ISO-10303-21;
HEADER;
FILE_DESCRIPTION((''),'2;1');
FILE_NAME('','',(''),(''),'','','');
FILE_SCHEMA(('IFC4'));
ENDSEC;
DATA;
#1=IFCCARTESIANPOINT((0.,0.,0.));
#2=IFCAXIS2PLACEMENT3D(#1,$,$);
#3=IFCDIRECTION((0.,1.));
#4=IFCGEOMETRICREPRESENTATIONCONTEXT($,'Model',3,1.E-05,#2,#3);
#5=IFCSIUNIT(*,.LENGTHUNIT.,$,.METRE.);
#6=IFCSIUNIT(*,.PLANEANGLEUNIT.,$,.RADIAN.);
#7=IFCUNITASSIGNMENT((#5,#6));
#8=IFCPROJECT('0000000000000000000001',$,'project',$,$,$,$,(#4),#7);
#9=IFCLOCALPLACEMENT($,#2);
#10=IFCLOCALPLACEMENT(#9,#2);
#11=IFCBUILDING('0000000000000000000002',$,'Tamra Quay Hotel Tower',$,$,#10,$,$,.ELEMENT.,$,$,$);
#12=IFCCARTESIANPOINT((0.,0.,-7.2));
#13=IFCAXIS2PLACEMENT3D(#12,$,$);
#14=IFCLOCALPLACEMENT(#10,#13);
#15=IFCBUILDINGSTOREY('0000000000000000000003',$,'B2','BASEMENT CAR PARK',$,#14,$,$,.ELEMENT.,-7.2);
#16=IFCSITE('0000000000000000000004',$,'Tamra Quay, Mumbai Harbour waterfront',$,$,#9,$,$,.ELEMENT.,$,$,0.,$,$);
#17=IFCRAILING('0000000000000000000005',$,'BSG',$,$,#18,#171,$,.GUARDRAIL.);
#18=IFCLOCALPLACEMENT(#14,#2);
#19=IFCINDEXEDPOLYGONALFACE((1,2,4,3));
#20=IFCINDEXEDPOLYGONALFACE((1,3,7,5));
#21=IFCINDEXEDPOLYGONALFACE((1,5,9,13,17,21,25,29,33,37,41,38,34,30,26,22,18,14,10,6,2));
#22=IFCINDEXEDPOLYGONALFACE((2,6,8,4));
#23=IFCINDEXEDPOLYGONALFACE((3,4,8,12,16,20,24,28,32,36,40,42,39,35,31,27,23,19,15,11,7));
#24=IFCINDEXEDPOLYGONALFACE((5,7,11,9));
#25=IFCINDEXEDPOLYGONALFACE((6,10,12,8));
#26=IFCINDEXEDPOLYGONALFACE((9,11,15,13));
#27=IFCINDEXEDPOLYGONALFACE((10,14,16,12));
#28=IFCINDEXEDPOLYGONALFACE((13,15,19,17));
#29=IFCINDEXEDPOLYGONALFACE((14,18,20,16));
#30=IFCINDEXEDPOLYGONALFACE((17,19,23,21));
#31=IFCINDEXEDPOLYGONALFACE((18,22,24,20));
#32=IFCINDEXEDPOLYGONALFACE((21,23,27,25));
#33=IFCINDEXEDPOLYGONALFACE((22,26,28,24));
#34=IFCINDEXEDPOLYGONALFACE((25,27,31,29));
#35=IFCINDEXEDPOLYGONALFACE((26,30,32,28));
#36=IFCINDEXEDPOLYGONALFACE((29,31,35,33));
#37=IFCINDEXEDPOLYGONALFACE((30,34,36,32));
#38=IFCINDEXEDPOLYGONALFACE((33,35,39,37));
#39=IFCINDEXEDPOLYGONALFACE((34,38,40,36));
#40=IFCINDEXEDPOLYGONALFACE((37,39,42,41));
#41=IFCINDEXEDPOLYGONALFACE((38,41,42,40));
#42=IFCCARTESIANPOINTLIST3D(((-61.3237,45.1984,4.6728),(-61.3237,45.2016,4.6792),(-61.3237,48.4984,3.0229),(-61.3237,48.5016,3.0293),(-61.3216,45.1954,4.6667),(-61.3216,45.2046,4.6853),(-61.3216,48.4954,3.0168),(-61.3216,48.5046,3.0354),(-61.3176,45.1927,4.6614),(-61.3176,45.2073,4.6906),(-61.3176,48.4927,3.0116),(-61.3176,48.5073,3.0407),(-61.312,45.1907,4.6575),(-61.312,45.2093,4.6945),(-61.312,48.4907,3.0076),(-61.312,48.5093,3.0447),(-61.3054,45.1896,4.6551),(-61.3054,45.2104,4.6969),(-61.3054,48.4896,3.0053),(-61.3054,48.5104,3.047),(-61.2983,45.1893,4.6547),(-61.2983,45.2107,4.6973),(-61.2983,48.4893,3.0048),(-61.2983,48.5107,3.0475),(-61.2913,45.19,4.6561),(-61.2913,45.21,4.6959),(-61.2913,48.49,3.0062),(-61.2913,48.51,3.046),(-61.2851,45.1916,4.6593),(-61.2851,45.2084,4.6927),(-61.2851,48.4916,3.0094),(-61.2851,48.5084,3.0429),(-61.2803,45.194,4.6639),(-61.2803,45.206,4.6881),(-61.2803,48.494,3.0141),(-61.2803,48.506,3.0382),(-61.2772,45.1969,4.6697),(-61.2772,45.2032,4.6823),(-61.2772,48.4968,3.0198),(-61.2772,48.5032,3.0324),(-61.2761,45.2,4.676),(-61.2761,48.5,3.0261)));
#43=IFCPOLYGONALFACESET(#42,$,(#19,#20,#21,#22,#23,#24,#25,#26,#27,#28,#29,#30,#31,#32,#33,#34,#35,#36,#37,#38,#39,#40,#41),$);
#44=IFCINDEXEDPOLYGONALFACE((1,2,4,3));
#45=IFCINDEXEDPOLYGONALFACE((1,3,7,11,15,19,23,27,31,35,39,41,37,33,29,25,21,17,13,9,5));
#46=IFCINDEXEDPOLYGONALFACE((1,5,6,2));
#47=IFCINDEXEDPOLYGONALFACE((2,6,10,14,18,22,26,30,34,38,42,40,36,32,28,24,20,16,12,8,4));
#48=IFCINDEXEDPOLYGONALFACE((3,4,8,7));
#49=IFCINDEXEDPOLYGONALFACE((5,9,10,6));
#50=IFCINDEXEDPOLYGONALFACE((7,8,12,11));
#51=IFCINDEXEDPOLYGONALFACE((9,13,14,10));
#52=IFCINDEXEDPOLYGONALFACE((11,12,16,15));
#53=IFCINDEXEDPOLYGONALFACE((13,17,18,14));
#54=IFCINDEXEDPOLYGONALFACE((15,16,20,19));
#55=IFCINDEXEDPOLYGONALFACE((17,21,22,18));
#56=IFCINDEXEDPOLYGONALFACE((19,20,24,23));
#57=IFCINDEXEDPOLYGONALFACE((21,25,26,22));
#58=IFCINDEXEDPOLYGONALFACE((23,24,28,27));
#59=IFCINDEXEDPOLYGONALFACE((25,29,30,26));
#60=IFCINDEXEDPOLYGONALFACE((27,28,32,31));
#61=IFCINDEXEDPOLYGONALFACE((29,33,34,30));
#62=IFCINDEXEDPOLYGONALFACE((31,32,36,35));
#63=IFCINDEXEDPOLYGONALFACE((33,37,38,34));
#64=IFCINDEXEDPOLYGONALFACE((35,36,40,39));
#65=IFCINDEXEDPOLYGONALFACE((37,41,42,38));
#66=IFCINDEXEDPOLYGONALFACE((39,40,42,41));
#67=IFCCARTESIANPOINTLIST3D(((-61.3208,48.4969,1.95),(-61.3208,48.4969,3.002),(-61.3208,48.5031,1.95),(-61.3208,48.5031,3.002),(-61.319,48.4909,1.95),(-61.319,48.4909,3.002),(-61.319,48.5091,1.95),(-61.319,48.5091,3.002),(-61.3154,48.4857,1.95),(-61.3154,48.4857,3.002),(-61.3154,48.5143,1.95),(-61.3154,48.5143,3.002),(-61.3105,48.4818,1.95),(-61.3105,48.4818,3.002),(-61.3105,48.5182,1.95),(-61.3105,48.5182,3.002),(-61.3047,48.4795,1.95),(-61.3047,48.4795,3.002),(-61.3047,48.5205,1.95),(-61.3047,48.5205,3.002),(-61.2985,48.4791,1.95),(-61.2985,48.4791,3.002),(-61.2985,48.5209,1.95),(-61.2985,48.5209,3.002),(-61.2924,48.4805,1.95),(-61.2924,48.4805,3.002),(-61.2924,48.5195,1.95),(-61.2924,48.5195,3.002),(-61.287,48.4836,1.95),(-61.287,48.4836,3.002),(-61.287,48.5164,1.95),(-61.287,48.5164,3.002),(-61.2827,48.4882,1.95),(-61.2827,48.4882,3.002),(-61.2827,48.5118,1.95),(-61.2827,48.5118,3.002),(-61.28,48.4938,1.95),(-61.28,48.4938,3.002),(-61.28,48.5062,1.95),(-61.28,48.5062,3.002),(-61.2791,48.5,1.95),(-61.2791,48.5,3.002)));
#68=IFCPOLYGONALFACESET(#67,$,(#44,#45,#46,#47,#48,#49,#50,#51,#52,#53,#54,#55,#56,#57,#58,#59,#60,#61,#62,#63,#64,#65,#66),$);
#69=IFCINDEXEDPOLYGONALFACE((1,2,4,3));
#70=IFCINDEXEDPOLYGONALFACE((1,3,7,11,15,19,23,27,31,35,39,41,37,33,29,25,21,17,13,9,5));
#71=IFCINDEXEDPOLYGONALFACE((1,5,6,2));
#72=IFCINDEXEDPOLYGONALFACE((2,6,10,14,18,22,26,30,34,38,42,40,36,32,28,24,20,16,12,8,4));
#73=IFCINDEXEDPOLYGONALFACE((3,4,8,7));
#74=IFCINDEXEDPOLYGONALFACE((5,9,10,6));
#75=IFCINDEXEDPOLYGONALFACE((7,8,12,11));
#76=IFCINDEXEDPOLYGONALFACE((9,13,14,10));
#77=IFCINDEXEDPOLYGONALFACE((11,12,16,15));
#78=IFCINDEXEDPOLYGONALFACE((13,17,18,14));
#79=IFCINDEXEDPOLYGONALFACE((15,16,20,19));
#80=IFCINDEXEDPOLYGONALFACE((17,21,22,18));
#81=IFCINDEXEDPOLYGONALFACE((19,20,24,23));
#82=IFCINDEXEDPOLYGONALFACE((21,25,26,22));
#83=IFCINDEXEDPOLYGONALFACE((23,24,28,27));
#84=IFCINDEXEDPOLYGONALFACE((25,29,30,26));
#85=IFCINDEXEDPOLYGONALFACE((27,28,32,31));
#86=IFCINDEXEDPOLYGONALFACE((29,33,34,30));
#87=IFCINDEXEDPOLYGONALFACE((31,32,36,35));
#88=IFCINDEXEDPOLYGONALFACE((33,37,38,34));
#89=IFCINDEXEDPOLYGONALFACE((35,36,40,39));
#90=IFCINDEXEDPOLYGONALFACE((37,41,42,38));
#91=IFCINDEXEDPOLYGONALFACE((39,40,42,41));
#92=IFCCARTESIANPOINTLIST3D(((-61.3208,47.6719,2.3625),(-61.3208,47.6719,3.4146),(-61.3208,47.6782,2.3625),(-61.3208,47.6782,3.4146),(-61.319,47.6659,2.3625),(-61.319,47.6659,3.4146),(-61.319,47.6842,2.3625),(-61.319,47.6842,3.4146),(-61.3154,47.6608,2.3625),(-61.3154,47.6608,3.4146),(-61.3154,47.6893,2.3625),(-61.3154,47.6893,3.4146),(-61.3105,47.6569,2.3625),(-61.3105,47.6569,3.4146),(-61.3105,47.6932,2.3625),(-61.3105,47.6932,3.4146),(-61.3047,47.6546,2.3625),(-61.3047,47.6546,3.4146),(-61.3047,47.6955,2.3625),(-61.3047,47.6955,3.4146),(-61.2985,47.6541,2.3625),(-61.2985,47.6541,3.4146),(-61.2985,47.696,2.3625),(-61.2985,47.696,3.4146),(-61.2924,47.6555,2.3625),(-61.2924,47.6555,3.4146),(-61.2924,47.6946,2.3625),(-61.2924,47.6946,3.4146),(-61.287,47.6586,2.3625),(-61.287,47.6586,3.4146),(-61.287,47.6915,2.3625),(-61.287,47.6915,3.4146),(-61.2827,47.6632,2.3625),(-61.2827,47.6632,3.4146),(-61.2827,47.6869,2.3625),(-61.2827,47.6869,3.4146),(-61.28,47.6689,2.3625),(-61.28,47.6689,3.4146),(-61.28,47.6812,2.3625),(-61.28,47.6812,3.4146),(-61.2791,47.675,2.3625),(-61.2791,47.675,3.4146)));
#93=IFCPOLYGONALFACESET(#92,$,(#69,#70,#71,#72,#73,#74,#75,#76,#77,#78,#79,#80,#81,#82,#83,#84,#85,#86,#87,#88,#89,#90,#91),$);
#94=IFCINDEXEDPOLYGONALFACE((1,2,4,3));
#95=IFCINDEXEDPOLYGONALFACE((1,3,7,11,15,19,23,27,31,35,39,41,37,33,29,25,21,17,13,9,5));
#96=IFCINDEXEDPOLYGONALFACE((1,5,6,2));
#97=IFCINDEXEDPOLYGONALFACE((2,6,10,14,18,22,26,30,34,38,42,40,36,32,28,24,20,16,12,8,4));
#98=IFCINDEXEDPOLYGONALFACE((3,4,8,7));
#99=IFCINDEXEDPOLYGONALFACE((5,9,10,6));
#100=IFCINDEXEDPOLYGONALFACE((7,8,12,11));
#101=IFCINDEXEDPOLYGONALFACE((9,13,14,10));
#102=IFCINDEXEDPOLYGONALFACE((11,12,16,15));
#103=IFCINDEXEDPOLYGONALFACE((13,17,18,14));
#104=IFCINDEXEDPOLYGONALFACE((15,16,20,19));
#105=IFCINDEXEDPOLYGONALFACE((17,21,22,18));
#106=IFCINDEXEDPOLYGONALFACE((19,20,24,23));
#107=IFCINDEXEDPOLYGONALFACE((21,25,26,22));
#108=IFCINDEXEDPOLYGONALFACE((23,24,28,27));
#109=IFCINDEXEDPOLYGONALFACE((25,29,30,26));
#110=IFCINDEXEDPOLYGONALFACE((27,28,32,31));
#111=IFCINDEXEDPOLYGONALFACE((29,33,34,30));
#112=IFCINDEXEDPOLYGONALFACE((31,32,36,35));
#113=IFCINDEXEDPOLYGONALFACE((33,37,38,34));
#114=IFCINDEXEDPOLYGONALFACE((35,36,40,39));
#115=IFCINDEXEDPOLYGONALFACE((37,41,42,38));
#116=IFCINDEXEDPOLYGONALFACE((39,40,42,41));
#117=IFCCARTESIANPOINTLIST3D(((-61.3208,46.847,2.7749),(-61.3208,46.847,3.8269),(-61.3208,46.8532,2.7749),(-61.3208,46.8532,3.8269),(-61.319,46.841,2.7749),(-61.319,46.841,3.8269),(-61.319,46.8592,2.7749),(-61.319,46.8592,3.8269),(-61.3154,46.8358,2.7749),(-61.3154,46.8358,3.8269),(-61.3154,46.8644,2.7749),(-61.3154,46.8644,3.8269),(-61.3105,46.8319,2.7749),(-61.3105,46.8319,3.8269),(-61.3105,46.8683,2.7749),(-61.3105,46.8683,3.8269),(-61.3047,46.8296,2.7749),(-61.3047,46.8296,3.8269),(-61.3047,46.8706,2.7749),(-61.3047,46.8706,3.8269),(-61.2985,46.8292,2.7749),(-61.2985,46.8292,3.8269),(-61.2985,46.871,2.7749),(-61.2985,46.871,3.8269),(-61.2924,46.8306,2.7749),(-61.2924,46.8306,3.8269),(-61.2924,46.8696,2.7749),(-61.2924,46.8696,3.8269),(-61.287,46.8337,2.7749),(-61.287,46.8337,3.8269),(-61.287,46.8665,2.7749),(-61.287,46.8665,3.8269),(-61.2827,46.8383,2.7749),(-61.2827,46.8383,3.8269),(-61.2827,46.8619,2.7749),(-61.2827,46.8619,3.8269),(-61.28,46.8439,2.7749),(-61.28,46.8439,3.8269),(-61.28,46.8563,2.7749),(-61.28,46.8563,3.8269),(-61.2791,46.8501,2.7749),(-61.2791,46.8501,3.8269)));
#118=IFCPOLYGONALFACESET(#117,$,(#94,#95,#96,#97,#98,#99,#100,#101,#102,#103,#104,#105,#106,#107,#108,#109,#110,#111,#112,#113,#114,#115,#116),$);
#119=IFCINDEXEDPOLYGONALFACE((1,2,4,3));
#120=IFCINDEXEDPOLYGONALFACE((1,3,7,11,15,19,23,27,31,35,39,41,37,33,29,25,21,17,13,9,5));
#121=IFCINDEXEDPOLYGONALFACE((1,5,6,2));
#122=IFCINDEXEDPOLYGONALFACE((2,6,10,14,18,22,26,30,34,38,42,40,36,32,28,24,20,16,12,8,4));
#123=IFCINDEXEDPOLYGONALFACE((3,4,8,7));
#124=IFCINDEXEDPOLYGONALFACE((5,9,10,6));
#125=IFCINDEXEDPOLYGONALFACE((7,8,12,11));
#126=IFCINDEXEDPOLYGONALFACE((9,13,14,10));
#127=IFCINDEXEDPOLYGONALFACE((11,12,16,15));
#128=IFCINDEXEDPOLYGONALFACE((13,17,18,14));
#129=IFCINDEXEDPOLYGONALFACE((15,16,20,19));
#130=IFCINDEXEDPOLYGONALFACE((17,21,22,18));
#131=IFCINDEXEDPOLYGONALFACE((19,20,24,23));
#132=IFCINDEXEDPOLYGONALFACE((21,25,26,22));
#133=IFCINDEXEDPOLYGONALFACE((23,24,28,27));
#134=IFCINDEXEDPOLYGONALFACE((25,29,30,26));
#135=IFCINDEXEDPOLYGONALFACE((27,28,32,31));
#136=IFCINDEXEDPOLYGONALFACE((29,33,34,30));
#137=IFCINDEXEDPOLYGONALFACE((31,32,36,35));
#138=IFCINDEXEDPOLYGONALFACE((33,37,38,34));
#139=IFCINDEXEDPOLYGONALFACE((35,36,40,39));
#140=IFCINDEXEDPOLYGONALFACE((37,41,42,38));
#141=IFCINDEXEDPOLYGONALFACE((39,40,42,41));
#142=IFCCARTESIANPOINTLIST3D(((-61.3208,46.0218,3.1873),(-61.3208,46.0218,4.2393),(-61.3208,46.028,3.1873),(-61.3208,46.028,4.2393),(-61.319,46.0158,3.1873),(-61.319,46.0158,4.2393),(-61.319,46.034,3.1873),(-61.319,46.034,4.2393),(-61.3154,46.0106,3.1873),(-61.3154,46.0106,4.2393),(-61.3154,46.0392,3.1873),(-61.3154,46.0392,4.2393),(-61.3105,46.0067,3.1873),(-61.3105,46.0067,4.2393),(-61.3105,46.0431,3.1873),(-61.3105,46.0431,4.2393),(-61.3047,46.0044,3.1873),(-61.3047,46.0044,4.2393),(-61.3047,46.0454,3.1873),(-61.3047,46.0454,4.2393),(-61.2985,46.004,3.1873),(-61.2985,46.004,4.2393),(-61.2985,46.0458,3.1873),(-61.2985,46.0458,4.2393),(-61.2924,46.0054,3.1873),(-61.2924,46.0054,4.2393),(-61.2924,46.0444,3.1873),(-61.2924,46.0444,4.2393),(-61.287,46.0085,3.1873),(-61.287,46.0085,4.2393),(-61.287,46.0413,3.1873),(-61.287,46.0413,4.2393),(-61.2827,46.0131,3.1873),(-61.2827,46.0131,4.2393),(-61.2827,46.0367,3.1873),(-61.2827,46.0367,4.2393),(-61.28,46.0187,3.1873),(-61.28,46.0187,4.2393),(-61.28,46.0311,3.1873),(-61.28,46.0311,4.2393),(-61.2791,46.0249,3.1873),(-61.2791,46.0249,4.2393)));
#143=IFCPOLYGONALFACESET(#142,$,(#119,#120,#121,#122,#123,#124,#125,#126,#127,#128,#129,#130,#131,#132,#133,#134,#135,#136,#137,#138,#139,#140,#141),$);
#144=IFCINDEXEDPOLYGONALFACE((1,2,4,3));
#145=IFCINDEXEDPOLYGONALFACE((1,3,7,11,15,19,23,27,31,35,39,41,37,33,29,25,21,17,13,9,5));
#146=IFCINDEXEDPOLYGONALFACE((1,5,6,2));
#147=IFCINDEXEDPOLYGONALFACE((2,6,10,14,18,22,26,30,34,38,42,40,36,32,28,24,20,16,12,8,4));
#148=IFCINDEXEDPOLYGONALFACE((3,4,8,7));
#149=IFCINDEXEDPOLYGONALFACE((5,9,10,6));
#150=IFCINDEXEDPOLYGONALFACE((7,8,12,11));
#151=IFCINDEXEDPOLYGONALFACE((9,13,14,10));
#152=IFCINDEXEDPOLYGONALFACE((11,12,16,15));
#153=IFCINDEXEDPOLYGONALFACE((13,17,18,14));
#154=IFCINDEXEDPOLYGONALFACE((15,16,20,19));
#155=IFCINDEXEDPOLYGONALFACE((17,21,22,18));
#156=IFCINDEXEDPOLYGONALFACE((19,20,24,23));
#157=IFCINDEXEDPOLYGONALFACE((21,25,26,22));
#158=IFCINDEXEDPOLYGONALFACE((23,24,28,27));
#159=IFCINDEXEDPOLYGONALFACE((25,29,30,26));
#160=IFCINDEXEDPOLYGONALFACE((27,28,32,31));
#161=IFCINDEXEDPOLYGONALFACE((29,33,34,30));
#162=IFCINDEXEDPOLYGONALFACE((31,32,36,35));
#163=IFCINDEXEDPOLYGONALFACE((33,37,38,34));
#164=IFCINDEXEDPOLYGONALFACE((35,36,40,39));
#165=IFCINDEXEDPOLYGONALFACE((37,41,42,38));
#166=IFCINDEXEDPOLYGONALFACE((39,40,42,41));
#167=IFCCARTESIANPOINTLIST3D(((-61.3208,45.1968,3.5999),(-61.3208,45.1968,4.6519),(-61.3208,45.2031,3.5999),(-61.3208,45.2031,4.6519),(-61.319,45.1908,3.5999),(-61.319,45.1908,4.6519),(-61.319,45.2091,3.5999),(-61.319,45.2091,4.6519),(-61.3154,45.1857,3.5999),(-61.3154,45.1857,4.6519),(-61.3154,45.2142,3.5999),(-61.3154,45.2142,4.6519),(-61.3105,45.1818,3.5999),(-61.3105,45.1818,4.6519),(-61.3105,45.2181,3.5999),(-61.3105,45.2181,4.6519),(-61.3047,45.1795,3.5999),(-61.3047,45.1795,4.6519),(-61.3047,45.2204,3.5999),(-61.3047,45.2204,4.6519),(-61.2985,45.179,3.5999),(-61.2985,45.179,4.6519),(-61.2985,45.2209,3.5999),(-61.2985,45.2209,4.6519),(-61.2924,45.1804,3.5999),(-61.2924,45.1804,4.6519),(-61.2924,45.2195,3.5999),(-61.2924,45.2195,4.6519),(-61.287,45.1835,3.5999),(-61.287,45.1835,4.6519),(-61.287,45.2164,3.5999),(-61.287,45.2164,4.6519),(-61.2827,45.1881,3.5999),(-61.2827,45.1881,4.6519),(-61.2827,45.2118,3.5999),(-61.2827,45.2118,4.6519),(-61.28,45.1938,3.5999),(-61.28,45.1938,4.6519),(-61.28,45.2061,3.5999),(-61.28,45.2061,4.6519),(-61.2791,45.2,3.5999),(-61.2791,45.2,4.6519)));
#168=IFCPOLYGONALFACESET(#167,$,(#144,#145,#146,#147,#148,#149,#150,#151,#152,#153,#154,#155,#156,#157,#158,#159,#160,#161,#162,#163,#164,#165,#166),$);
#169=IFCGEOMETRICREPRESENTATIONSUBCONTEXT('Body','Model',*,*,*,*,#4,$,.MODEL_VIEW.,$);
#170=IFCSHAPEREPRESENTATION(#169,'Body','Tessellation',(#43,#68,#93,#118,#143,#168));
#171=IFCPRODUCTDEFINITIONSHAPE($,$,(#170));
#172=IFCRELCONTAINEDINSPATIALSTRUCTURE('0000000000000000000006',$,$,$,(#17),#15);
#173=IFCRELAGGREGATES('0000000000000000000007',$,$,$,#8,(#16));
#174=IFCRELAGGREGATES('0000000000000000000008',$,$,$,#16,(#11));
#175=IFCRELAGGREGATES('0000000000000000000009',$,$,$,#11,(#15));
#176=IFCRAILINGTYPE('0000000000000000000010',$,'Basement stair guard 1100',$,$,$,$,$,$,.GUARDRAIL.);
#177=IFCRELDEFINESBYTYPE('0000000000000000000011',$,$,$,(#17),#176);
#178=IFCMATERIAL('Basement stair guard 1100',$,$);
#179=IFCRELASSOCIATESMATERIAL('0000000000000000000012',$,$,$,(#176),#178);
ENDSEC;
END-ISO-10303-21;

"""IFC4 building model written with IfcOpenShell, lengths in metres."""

from ifc_helpers import new_model, si_unit, direction, frame, origin, origin_2d, place, context, subcontext, project, spatial, circle, extrude, material, type_object, element, save


model = new_model("IFC4")

# Units and contexts
model_context = context("Model", 3, precision=1e-05, world=origin(), true_north=direction((0.0, 1.0)))
body_context = subcontext(model_context, "Body", "Model", "MODEL_VIEW")
ifc_project = project(units=[si_unit("LENGTHUNIT", "METRE"), si_unit("PLANEANGLEUNIT", "RADIAN")], contexts=[model_context])

# Site, building, storey
site_placement = place(None, origin())
site = spatial("IfcSite", under=ifc_project, at=site_placement, Name="Tamra Quay, Mumbai Harbour waterfront", CompositionType="ELEMENT", RefElevation=0.0)
building_placement = place(site_placement, origin())
building = spatial("IfcBuilding", under=site, at=building_placement, Name="Tamra Quay Hotel Tower", CompositionType="ELEMENT")
storey_placement = place(building_placement, frame((0.0, 0.0, -7.2)))
storey = spatial("IfcBuildingStorey", under=building, at=storey_placement, Name="B2", Description="BASEMENT CAR PARK", CompositionType="ELEMENT", Elevation=-7.2)

# Railing
ifc_material_1 = material(Name="Basement stair guard 1100")
railing_type_1 = type_object("IfcRailingType", Name="Basement stair guard 1100", PredefinedType="GUARDRAIL", material=ifc_material_1)
railing_1_placement = place(storey_placement, frame((-61.3, 48.5, 1.95)))
element("IfcRailing", 1, at=railing_1_placement, inside=storey, type_object=railing_type_1, Name="BSG", PredefinedType="GUARDRAIL", context=body_context, shape_type="SweptSolid", body=[
    extrude(circle(Radius=0.0239, at=origin_2d()), frame((0.0, 0.0, 1.0762), z_axis=(0.0, -0.89444, 0.447187), x_axis=(1.0, 0.0, 0.0)), (0.0, 0.0, 1.0), 3.6895),
    extrude(circle(Radius=0.021, at=origin_2d()), origin(), (0.0, 0.0, 1.0), 1.052),
    extrude(circle(Radius=0.021, at=origin_2d()), frame((0.0, -0.825, 0.4126)), (0.0, 0.0, 1.0), 1.052),
    extrude(circle(Radius=0.021, at=origin_2d()), frame((0.0, -1.6499, 0.825)), (0.0, 0.0, 1.0), 1.052),
    extrude(circle(Radius=0.021, at=origin_2d()), frame((0.0, -2.4751, 1.2373)), (0.0, 0.0, 1.0), 1.052),
    extrude(circle(Radius=0.021, at=origin_2d()), frame((0.0, -3.3, 1.6499)), (0.0, 0.0, 1.0), 1.052),
])

save(model, "model.ifc")
